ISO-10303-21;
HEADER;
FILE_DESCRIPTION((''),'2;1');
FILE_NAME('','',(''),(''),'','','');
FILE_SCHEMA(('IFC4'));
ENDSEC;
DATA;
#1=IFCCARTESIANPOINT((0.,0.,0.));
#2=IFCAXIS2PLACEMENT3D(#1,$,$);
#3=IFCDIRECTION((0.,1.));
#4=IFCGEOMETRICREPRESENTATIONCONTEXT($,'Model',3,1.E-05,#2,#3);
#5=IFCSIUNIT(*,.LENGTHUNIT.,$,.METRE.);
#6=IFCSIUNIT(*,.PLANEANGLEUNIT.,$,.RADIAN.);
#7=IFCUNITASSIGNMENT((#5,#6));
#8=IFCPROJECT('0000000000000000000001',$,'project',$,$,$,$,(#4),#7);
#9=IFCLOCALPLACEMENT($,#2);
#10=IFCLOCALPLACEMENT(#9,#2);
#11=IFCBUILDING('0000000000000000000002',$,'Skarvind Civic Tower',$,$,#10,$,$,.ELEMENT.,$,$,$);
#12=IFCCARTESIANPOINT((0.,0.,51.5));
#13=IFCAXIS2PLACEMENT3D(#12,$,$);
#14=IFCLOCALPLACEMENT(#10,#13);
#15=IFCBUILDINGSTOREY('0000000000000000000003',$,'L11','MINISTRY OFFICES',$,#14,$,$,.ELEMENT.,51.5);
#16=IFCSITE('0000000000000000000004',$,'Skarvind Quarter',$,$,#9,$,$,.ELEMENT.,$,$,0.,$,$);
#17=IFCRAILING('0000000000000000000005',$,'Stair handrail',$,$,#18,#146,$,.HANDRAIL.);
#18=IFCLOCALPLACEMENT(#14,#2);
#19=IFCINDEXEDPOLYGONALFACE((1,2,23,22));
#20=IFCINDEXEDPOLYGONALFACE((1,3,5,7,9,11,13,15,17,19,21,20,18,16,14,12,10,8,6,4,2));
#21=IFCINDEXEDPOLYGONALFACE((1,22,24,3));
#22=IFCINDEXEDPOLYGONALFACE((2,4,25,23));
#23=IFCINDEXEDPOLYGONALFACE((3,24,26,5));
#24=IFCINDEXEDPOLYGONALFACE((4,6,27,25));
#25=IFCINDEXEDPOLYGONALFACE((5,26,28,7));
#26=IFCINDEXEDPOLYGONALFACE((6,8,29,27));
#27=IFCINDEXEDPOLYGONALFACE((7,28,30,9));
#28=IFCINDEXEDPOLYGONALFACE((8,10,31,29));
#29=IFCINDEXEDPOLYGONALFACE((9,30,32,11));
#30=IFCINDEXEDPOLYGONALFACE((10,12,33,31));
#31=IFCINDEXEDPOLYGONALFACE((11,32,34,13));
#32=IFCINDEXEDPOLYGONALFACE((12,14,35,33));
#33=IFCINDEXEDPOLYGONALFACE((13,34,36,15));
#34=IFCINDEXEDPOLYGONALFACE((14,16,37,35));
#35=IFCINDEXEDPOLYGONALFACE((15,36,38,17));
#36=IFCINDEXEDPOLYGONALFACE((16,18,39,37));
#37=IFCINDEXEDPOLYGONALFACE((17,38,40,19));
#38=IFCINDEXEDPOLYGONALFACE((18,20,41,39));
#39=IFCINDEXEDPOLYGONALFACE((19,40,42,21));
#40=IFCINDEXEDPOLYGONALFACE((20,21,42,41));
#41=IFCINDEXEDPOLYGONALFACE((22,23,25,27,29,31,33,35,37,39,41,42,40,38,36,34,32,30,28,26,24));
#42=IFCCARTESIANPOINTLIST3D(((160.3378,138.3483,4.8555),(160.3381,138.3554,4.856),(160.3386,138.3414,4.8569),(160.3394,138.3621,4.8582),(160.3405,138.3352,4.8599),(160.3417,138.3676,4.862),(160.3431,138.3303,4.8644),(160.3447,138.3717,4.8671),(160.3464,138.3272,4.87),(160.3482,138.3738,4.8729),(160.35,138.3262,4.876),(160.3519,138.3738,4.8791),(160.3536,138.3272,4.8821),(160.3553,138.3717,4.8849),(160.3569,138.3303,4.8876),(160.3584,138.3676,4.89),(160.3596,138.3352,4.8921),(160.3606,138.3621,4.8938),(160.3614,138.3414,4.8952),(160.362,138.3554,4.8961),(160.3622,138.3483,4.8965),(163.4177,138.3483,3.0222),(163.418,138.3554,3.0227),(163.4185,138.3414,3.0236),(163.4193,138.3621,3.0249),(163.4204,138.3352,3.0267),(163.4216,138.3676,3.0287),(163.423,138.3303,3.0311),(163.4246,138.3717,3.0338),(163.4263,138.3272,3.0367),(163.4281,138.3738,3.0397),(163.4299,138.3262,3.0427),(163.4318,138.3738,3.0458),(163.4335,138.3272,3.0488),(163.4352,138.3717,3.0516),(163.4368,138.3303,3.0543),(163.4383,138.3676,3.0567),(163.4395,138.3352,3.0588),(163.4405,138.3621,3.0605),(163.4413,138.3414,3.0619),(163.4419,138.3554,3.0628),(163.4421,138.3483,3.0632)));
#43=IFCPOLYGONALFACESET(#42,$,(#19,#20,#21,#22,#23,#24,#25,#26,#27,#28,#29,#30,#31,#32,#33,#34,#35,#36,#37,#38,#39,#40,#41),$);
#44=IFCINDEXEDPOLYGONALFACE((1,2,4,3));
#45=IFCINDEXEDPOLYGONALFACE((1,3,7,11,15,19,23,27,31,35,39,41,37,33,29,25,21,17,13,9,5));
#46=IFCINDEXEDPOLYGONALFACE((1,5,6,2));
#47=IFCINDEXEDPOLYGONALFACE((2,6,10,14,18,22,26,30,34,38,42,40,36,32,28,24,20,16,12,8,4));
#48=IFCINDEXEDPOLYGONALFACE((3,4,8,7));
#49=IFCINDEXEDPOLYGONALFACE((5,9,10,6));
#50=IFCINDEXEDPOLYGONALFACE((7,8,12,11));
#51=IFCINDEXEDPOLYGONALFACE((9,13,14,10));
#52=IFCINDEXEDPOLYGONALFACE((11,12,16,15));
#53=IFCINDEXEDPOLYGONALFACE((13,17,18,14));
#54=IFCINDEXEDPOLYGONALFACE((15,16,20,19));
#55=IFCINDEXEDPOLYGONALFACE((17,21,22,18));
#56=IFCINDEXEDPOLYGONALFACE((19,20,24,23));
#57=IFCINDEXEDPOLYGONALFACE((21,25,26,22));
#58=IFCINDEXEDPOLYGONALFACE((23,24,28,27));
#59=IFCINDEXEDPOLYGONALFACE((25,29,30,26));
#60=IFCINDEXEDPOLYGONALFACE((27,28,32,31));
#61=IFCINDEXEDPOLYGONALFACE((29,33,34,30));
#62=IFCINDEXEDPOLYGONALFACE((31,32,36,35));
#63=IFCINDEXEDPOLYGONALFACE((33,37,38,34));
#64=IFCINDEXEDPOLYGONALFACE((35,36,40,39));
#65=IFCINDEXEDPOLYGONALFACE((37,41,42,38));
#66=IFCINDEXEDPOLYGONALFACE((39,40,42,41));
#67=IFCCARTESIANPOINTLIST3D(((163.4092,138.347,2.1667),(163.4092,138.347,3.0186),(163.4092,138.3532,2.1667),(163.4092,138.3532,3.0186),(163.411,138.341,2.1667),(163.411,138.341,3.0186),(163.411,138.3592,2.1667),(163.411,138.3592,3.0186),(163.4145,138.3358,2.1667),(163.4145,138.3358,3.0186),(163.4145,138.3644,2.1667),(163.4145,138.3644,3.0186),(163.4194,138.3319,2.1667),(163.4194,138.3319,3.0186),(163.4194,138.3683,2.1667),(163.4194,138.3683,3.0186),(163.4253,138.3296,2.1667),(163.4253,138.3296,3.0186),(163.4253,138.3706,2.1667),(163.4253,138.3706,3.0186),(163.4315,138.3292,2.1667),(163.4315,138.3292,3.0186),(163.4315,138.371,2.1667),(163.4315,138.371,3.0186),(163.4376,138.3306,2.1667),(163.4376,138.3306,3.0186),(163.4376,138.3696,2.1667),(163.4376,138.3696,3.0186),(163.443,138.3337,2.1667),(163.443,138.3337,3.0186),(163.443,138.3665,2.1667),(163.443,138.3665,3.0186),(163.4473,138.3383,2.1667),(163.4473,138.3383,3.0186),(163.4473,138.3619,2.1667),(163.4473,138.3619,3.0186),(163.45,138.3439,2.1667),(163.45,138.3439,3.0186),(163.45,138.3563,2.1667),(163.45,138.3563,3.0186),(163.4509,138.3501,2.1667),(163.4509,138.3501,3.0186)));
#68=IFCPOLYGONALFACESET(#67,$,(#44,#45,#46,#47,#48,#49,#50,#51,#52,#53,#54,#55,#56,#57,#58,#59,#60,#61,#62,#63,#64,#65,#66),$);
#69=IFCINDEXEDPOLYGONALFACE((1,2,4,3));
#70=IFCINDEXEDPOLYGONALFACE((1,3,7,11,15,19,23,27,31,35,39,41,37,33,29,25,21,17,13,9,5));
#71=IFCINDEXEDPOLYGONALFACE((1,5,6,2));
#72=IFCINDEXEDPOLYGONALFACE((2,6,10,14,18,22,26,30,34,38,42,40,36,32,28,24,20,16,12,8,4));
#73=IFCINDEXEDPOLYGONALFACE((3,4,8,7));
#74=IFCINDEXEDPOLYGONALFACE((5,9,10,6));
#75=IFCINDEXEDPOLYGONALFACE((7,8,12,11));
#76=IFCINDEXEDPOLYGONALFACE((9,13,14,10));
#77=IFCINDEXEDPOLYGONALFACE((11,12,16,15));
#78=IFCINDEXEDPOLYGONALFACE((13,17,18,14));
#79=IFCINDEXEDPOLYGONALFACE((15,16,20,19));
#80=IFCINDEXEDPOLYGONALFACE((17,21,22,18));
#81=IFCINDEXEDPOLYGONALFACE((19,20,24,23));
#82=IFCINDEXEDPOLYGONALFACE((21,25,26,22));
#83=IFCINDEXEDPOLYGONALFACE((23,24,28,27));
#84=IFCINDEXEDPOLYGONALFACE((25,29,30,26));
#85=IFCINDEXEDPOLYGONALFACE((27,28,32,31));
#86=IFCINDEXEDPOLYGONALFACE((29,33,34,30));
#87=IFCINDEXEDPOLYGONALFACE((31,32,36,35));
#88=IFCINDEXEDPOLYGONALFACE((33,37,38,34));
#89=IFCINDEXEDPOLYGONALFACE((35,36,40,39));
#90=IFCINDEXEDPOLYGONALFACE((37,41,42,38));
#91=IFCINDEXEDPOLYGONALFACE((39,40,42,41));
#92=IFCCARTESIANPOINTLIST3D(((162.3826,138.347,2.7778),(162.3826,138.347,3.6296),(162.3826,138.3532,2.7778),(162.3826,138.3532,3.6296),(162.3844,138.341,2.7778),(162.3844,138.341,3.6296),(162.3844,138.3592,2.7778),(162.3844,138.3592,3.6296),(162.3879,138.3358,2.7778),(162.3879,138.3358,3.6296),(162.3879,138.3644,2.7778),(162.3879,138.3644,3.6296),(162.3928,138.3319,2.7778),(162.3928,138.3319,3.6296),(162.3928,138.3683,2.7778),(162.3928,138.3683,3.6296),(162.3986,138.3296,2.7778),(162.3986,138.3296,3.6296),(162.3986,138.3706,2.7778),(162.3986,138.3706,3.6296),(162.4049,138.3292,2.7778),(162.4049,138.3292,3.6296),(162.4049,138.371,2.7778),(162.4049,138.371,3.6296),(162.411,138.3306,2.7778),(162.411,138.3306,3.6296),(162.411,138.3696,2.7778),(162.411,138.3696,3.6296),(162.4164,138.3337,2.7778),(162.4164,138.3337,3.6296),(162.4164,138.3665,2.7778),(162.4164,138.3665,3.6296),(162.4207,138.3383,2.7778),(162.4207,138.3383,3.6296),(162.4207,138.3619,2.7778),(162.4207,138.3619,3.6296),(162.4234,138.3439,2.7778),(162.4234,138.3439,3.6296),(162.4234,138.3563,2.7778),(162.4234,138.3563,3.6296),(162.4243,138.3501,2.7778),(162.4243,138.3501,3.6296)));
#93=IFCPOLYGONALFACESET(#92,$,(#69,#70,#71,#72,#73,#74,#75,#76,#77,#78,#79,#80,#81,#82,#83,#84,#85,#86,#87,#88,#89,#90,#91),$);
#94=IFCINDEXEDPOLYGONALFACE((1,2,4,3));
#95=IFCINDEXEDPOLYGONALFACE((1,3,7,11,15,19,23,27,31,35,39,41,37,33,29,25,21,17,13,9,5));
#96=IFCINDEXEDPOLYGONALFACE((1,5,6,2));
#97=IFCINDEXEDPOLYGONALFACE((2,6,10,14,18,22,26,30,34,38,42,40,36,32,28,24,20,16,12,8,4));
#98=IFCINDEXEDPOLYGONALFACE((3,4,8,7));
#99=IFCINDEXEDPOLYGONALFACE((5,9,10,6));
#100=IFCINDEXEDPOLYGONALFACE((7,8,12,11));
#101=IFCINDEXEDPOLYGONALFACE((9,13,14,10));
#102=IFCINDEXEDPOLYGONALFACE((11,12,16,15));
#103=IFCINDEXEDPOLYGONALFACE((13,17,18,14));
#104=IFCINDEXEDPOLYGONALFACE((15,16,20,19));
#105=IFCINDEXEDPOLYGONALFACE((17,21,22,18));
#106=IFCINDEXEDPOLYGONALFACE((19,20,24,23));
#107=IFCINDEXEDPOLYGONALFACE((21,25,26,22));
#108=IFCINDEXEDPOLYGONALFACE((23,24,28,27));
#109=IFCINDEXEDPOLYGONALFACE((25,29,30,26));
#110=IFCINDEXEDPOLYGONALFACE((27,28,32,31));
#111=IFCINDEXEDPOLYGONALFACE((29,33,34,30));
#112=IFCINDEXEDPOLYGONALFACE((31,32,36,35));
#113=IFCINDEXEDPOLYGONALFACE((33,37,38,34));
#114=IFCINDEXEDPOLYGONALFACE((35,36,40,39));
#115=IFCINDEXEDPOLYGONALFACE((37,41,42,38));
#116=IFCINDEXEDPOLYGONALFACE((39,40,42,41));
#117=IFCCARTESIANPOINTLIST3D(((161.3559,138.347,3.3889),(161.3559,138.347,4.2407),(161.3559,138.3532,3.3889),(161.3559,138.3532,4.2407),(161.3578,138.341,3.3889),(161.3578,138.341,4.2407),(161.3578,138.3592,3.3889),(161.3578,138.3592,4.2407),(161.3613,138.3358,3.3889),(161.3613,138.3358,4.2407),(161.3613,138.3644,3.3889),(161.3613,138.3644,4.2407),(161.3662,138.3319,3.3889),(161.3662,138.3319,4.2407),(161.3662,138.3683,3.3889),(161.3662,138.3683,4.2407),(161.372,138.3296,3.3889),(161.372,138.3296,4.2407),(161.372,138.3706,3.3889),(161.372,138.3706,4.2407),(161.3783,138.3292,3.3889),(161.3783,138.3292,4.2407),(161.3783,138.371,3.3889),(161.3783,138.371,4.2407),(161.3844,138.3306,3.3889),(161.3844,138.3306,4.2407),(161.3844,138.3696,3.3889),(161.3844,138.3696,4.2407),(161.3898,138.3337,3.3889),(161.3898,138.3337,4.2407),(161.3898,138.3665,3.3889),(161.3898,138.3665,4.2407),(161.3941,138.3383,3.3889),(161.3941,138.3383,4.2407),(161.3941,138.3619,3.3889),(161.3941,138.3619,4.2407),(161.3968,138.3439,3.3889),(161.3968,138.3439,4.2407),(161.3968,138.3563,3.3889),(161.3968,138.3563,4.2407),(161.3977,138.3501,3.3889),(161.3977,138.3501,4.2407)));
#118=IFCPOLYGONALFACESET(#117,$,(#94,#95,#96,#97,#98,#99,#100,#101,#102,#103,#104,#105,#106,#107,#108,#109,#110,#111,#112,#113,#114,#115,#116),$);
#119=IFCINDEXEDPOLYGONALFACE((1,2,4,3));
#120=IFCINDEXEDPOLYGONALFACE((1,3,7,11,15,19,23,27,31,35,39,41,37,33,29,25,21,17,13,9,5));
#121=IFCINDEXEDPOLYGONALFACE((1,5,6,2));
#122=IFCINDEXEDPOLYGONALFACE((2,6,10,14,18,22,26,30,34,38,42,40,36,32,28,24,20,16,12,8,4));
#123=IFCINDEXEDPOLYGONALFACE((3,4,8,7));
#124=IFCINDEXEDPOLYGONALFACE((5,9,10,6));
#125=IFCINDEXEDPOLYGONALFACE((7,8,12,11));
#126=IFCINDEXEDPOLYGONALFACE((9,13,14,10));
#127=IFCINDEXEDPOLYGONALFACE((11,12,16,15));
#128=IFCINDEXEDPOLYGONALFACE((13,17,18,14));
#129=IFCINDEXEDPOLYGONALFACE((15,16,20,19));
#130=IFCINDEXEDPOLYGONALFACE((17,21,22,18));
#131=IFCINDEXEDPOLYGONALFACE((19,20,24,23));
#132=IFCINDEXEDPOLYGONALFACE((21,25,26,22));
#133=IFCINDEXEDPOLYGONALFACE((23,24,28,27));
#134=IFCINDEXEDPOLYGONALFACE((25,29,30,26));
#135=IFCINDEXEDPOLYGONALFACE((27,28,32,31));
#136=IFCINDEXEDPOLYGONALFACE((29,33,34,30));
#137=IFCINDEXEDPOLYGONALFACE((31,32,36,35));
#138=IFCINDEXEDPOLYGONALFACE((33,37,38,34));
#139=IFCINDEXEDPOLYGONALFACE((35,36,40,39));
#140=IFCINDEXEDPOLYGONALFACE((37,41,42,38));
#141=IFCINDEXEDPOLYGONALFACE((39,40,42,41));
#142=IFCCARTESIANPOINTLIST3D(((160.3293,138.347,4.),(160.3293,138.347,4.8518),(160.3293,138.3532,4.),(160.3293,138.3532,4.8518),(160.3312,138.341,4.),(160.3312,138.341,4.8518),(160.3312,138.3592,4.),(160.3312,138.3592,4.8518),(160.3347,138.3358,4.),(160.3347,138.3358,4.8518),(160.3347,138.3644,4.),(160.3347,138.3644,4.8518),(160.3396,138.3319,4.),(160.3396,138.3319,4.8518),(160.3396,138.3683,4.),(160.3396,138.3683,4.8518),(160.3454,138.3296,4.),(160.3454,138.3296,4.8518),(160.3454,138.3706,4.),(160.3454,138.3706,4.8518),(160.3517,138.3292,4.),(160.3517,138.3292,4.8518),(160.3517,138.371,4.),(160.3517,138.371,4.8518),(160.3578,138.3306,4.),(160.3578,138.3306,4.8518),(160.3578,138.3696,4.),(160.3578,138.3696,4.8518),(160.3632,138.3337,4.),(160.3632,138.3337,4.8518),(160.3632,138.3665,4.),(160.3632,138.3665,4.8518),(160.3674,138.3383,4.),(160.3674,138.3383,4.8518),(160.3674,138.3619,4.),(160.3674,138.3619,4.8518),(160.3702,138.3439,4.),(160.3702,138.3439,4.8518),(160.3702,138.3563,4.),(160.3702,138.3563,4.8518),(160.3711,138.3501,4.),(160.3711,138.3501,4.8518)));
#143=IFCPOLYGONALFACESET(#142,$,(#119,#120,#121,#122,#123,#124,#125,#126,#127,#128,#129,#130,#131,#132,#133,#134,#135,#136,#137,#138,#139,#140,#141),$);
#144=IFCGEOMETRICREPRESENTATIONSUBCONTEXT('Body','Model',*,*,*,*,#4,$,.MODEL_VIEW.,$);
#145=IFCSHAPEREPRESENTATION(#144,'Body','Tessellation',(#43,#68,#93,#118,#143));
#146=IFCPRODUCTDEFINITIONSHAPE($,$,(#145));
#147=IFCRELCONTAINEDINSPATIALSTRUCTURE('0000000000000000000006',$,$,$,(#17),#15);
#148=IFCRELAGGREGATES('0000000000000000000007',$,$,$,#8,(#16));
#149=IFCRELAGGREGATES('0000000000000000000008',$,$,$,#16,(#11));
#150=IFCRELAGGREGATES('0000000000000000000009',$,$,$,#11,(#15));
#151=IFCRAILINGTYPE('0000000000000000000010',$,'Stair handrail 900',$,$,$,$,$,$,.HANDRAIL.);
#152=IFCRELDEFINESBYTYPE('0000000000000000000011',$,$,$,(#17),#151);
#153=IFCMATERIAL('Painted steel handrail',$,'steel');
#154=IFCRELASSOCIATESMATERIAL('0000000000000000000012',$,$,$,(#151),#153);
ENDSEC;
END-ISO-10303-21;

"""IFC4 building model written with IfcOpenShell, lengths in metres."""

from ifc_helpers import new_model, si_unit, direction, frame, origin, origin_2d, place, context, subcontext, project, spatial, circle, extrude, material, type_object, element, save


model = new_model("IFC4")

# Units and contexts
model_context = context("Model", 3, precision=1e-05, world=origin(), true_north=direction((0.0, 1.0)))
body_context = subcontext(model_context, "Body", "Model", "MODEL_VIEW")
ifc_project = project(units=[si_unit("LENGTHUNIT", "METRE"), si_unit("PLANEANGLEUNIT", "RADIAN")], contexts=[model_context])

# Site, building, storey
site_placement = place(None, origin())
site = spatial("IfcSite", under=ifc_project, at=site_placement, Name="Skarvind Quarter", CompositionType="ELEMENT", RefElevation=0.0)
building_placement = place(site_placement, origin())
building = spatial("IfcBuilding", under=site, at=building_placement, Name="Skarvind Civic Tower", CompositionType="ELEMENT")
storey_placement = place(building_placement, frame((0.0, 0.0, 51.5)))
storey = spatial("IfcBuildingStorey", under=building, at=storey_placement, Name="L11", Description="MINISTRY OFFICES", CompositionType="ELEMENT", Elevation=51.5)

# Railing
ifc_material_1 = material(Name="Painted steel handrail", Category="steel")
railing_type = type_object("IfcRailingType", Name="Stair handrail 900", PredefinedType="HANDRAIL", material=ifc_material_1)
railing_1_placement = place(storey_placement, frame((163.4299, 138.3501, 2.1667)))
element("IfcRailing", 1, at=railing_1_placement, inside=storey, type_object=railing_type, Name="Stair handrail", PredefinedType="HANDRAIL", context=body_context, shape_type="SweptSolid", body=[
    extrude(circle(Radius=0.0239, at=origin_2d()), frame((0.0, 0.0, 0.876), z_axis=(-0.859291, 0.0, 0.511487), x_axis=(0.0, -1.0, 0.0)), (0.0, 0.0, 1.0), 3.5842),
    extrude(circle(Radius=0.021, at=origin_2d()), origin(), (0.0, 0.0, 1.0), 0.8518),
    extrude(circle(Radius=0.021, at=origin_2d()), frame((-1.0266, 0.0, 0.6111)), (0.0, 0.0, 1.0), 0.8518),
    extrude(circle(Radius=0.021, at=origin_2d()), frame((-2.0532, 0.0, 1.2222)), (0.0, 0.0, 1.0), 0.8518),
    extrude(circle(Radius=0.021, at=origin_2d()), frame((-3.0798, 0.0, 1.8333)), (0.0, 0.0, 1.0), 0.8518),
])

save(model, "model.ifc")
